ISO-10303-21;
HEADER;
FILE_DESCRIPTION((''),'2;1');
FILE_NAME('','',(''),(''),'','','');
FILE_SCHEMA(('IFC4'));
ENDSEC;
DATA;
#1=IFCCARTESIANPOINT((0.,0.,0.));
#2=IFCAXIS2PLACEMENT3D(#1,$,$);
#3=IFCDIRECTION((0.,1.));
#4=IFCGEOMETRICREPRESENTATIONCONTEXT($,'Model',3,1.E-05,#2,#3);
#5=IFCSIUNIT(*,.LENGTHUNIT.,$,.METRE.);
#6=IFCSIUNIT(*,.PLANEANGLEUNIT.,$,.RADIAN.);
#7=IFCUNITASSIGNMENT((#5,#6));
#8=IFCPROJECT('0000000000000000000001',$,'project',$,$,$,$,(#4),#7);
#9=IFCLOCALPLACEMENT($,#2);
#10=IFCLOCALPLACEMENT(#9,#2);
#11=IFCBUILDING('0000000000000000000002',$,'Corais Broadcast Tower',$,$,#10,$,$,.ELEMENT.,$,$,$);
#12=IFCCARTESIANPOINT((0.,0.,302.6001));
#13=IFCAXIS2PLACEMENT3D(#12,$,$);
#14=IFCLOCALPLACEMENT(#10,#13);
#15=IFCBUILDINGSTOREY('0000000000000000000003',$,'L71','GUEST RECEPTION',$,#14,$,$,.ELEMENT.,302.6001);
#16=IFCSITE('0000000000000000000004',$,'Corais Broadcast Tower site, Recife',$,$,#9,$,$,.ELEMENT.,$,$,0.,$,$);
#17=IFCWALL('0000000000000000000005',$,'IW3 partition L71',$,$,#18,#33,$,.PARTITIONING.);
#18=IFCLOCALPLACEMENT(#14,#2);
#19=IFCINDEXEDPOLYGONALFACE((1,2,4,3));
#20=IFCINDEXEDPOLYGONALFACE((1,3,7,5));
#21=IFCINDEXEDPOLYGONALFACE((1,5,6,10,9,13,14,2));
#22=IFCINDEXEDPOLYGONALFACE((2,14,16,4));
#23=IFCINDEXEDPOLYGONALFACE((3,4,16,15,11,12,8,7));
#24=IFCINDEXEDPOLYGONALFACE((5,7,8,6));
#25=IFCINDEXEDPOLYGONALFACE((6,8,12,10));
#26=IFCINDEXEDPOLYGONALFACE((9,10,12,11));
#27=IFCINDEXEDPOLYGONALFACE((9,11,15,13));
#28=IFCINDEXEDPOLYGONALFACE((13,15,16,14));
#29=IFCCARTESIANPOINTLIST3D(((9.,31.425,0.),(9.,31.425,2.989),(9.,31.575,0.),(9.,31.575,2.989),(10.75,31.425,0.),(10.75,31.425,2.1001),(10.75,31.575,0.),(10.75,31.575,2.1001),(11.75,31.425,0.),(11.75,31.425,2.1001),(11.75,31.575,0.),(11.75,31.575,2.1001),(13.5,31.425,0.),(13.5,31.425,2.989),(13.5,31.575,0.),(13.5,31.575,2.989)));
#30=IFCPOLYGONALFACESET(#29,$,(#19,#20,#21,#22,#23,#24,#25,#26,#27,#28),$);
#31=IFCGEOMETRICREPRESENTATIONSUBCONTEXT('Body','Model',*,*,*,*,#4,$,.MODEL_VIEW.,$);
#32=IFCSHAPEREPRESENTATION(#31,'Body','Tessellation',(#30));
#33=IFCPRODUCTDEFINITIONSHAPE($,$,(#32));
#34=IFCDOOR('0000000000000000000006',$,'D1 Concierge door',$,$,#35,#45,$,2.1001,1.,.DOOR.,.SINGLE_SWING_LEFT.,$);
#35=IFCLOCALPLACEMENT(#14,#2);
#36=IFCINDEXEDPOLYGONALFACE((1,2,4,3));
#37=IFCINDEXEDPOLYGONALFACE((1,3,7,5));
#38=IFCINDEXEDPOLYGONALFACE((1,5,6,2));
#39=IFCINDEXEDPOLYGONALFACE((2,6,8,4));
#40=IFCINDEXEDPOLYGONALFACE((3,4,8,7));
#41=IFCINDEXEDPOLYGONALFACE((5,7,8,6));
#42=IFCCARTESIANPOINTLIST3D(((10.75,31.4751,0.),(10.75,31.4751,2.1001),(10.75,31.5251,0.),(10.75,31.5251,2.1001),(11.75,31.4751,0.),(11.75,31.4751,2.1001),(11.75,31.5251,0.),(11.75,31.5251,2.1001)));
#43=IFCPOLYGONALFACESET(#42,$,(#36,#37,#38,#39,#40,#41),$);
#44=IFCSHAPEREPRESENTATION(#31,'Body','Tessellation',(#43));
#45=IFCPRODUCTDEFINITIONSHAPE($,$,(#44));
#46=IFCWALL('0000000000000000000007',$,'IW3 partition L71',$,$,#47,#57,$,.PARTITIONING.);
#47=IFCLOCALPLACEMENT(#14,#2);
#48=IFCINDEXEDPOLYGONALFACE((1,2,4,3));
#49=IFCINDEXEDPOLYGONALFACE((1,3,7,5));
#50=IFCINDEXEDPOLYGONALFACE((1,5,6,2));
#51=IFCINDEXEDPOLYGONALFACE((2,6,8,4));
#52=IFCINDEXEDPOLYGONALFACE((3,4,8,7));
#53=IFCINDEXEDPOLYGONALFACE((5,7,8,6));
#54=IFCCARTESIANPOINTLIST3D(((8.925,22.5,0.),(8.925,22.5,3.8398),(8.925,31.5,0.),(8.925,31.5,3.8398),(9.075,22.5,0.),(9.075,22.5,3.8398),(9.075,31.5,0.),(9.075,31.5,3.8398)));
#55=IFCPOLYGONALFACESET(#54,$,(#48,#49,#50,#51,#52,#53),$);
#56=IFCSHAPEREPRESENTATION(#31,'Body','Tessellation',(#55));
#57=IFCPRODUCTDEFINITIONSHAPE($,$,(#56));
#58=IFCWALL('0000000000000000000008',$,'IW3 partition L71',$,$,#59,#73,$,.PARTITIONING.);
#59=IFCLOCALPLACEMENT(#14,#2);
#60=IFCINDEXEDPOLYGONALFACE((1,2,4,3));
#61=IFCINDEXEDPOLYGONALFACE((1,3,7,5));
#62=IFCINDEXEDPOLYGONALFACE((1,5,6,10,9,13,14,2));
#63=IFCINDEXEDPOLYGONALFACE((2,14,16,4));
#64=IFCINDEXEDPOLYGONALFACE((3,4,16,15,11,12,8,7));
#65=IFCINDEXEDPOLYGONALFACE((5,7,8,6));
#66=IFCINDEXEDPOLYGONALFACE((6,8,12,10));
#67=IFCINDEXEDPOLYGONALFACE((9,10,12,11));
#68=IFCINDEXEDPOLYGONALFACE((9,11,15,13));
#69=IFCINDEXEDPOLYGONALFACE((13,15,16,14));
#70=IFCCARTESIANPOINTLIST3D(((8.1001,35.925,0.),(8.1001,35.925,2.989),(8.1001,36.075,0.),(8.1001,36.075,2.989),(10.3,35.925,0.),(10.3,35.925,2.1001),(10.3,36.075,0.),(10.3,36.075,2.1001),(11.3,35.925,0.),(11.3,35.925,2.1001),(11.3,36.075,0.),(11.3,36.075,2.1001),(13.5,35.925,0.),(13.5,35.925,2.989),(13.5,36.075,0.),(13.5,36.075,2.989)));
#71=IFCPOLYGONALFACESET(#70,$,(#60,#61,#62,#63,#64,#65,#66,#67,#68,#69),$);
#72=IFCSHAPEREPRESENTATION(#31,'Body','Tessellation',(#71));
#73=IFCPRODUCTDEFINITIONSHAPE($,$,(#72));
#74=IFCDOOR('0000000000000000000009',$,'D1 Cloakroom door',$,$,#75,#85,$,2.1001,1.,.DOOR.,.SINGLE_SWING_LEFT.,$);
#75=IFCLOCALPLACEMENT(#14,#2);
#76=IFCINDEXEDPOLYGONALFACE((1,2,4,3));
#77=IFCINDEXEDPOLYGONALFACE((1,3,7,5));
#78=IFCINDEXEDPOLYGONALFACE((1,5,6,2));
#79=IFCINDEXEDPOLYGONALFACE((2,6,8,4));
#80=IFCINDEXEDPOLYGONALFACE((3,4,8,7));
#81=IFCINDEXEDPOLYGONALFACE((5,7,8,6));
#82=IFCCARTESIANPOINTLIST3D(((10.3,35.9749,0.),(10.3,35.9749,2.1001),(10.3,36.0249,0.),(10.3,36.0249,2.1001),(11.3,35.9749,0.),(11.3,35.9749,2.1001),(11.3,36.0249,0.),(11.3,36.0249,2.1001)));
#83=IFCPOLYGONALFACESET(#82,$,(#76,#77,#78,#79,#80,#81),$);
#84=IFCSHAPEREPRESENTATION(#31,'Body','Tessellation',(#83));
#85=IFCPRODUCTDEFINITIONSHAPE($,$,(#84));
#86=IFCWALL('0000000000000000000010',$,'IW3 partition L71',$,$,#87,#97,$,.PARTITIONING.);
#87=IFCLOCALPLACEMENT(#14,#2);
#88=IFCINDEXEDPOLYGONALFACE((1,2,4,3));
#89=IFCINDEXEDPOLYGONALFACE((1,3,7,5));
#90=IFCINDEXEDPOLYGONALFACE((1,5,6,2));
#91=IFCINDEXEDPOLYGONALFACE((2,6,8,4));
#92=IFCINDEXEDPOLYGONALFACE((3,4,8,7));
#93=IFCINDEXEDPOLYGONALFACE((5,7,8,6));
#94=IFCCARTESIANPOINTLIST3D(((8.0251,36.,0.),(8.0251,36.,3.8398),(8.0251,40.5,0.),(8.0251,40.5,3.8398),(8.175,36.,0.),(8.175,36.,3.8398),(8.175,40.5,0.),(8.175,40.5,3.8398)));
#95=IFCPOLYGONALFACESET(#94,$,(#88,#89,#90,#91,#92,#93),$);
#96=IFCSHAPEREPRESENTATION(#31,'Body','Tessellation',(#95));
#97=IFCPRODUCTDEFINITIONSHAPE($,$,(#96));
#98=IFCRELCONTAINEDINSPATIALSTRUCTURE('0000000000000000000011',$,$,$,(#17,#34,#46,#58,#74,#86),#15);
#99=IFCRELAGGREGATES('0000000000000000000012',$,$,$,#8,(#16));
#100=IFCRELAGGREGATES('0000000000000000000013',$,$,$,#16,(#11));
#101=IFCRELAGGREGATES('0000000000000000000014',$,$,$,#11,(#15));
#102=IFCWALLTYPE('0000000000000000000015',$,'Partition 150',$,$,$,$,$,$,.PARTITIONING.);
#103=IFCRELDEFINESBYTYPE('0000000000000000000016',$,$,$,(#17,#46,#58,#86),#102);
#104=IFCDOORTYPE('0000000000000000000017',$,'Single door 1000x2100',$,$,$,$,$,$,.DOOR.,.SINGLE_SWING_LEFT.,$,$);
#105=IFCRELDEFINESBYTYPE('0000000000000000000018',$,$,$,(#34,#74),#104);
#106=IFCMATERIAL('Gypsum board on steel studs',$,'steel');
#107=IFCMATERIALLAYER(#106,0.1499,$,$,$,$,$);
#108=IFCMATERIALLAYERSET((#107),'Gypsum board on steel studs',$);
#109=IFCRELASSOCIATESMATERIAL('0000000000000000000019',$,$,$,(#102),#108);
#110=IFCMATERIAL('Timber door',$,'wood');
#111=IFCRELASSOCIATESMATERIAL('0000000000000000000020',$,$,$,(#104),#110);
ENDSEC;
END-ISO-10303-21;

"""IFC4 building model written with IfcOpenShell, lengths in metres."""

from ifc_helpers import new_model, si_unit, direction, frame, frame_2d, origin, place, context, subcontext, project, spatial, rectangle, extrude, material, layer, layer_set, type_object, element, fill, save


model = new_model("IFC4")

# Units and contexts
model_context = context("Model", 3, precision=1e-05, world=origin(), true_north=direction((0.0, 1.0)))
body_context = subcontext(model_context, "Body", "Model", "MODEL_VIEW")
ifc_project = project(units=[si_unit("LENGTHUNIT", "METRE"), si_unit("PLANEANGLEUNIT", "RADIAN")], contexts=[model_context])

# Site, building, storey
site_placement = place(None, origin())
site = spatial("IfcSite", under=ifc_project, at=site_placement, Name="Corais Broadcast Tower site, Recife", CompositionType="ELEMENT", RefElevation=0.0)
building_placement = place(site_placement, origin())
building = spatial("IfcBuilding", under=site, at=building_placement, Name="Corais Broadcast Tower", CompositionType="ELEMENT")
storey_placement = place(building_placement, frame((0.0, 0.0, 302.6001)))
storey = spatial("IfcBuildingStorey", under=building, at=storey_placement, Name="L71", Description="GUEST RECEPTION", CompositionType="ELEMENT", Elevation=302.6001)

# Wall, opening, door
ifc_material_1 = material(Name="Gypsum board on steel studs", Category="steel")
ifc_layer_1 = layer(ifc_material_1, 0.1499)
ifc_layer_set_1 = layer_set([ifc_layer_1], Name="Gypsum board on steel studs")
wall_type_1 = type_object("IfcWallType", Name="Partition 150", PredefinedType="PARTITIONING", material=ifc_layer_set_1)
ifc_material_2 = material(Name="Timber door", Category="wood")
door_type_1 = type_object("IfcDoorType", Name="Single door 1000x2100", OperationType="SINGLE_SWING_LEFT", PredefinedType="DOOR", material=ifc_material_2)
wall_1_placement = place(storey_placement, frame((13.5, 31.5, 0.0), z_axis=(0.0, 0.0, 1.0), x_axis=(-1.0, 0.0, 0.0)))
wall_1 = element("IfcWall", 1, at=wall_1_placement, inside=storey, type_object=wall_type_1, Name="IW3 partition L71", PredefinedType="PARTITIONING", context=body_context, shape_type="SweptSolid", body=[
    extrude(rectangle(XDim=4.5, YDim=0.1499, at=frame_2d((2.25, 0.0))), origin(), (0.0, 0.0, 1.0), 2.989),
])
opening_1_placement = place(wall_1_placement, frame((1.75, 0.0, 0.0)))
opening_1 = element("IfcOpeningElement", 2, at=opening_1_placement, cuts=wall_1, PredefinedType="OPENING", context=body_context, shape_type="SweptSolid", body=[
    extrude(rectangle(XDim=1.0, YDim=2.1001, at=frame_2d((0.5, 1.05))), frame((0.0, 0.085, 0.0), z_axis=(0.0, -1.0, 0.0), x_axis=(1.0, 0.0, 0.0)), (0.0, 0.0, 1.0), 0.1699),
])
door_1_placement = place(opening_1_placement, origin())
door_1 = element("IfcDoor", 3, at=door_1_placement, inside=storey, type_object=door_type_1, Name="D1 Concierge door", OperationType="SINGLE_SWING_LEFT", OverallHeight=2.1001, OverallWidth=1.0, PredefinedType="DOOR", context=body_context, shape_type="SweptSolid", body=[
    extrude(rectangle(XDim=1.0, YDim=2.1001, at=frame_2d((0.5, 1.05))), frame((0.0, 0.0249, 0.0), z_axis=(0.0, -1.0, 0.0), x_axis=(1.0, 0.0, 0.0)), (0.0, 0.0, 1.0), 0.05),
])
fill(opening_1, door_1)

# Wall
wall_2_placement = place(storey_placement, frame((9.0, 31.5, 0.0), z_axis=(0.0, 0.0, 1.0), x_axis=(0.0, -1.0, 0.0)))
element("IfcWall", 4, at=wall_2_placement, inside=storey, type_object=wall_type_1, Name="IW3 partition L71", PredefinedType="PARTITIONING", context=body_context, shape_type="SweptSolid", body=[
    extrude(rectangle(XDim=9.0, YDim=0.1499, at=frame_2d((4.5, 0.0))), origin(), (0.0, 0.0, 1.0), 3.8398),
])

# Wall, opening, door
wall_3_placement = place(storey_placement, frame((8.1001, 36.0, 0.0), z_axis=(0.0, 0.0, 1.0), x_axis=(1.0, 0.0, 0.0)))
wall_3 = element("IfcWall", 5, at=wall_3_placement, inside=storey, type_object=wall_type_1, Name="IW3 partition L71", PredefinedType="PARTITIONING", context=body_context, shape_type="SweptSolid", body=[
    extrude(rectangle(XDim=5.3999, YDim=0.1499, at=frame_2d((2.7, 0.0))), origin(), (0.0, 0.0, 1.0), 2.989),
])
opening_2_placement = place(wall_3_placement, frame((2.2, 0.0, 0.0)))
opening_2 = element("IfcOpeningElement", 6, at=opening_2_placement, cuts=wall_3, PredefinedType="OPENING", context=body_context, shape_type="SweptSolid", body=[
    extrude(rectangle(XDim=1.0, YDim=2.1001, at=frame_2d((0.5, 1.05))), frame((0.0, 0.085, 0.0), z_axis=(0.0, -1.0, 0.0), x_axis=(1.0, 0.0, 0.0)), (0.0, 0.0, 1.0), 0.1699),
])
door_2_placement = place(opening_2_placement, origin())
door_2 = element("IfcDoor", 7, at=door_2_placement, inside=storey, type_object=door_type_1, Name="D1 Cloakroom door", OperationType="SINGLE_SWING_LEFT", OverallHeight=2.1001, OverallWidth=1.0, PredefinedType="DOOR", context=body_context, shape_type="SweptSolid", body=[
    extrude(rectangle(XDim=1.0, YDim=2.1001, at=frame_2d((0.5, 1.05))), frame((0.0, 0.0249, 0.0), z_axis=(0.0, -1.0, 0.0), x_axis=(1.0, 0.0, 0.0)), (0.0, 0.0, 1.0), 0.05),
])
fill(opening_2, door_2)

# Wall
wall_4_placement = place(storey_placement, frame((8.1001, 40.5, 0.0), z_axis=(0.0, 0.0, 1.0), x_axis=(0.0, -1.0, 0.0)))
element("IfcWall", 8, at=wall_4_placement, inside=storey, type_object=wall_type_1, Name="IW3 partition L71", PredefinedType="PARTITIONING", context=body_context, shape_type="SweptSolid", body=[
    extrude(rectangle(XDim=4.5, YDim=0.1499, at=frame_2d((2.25, 0.0))), origin(), (0.0, 0.0, 1.0), 3.8398),
])

save(model, "model.ifc")
